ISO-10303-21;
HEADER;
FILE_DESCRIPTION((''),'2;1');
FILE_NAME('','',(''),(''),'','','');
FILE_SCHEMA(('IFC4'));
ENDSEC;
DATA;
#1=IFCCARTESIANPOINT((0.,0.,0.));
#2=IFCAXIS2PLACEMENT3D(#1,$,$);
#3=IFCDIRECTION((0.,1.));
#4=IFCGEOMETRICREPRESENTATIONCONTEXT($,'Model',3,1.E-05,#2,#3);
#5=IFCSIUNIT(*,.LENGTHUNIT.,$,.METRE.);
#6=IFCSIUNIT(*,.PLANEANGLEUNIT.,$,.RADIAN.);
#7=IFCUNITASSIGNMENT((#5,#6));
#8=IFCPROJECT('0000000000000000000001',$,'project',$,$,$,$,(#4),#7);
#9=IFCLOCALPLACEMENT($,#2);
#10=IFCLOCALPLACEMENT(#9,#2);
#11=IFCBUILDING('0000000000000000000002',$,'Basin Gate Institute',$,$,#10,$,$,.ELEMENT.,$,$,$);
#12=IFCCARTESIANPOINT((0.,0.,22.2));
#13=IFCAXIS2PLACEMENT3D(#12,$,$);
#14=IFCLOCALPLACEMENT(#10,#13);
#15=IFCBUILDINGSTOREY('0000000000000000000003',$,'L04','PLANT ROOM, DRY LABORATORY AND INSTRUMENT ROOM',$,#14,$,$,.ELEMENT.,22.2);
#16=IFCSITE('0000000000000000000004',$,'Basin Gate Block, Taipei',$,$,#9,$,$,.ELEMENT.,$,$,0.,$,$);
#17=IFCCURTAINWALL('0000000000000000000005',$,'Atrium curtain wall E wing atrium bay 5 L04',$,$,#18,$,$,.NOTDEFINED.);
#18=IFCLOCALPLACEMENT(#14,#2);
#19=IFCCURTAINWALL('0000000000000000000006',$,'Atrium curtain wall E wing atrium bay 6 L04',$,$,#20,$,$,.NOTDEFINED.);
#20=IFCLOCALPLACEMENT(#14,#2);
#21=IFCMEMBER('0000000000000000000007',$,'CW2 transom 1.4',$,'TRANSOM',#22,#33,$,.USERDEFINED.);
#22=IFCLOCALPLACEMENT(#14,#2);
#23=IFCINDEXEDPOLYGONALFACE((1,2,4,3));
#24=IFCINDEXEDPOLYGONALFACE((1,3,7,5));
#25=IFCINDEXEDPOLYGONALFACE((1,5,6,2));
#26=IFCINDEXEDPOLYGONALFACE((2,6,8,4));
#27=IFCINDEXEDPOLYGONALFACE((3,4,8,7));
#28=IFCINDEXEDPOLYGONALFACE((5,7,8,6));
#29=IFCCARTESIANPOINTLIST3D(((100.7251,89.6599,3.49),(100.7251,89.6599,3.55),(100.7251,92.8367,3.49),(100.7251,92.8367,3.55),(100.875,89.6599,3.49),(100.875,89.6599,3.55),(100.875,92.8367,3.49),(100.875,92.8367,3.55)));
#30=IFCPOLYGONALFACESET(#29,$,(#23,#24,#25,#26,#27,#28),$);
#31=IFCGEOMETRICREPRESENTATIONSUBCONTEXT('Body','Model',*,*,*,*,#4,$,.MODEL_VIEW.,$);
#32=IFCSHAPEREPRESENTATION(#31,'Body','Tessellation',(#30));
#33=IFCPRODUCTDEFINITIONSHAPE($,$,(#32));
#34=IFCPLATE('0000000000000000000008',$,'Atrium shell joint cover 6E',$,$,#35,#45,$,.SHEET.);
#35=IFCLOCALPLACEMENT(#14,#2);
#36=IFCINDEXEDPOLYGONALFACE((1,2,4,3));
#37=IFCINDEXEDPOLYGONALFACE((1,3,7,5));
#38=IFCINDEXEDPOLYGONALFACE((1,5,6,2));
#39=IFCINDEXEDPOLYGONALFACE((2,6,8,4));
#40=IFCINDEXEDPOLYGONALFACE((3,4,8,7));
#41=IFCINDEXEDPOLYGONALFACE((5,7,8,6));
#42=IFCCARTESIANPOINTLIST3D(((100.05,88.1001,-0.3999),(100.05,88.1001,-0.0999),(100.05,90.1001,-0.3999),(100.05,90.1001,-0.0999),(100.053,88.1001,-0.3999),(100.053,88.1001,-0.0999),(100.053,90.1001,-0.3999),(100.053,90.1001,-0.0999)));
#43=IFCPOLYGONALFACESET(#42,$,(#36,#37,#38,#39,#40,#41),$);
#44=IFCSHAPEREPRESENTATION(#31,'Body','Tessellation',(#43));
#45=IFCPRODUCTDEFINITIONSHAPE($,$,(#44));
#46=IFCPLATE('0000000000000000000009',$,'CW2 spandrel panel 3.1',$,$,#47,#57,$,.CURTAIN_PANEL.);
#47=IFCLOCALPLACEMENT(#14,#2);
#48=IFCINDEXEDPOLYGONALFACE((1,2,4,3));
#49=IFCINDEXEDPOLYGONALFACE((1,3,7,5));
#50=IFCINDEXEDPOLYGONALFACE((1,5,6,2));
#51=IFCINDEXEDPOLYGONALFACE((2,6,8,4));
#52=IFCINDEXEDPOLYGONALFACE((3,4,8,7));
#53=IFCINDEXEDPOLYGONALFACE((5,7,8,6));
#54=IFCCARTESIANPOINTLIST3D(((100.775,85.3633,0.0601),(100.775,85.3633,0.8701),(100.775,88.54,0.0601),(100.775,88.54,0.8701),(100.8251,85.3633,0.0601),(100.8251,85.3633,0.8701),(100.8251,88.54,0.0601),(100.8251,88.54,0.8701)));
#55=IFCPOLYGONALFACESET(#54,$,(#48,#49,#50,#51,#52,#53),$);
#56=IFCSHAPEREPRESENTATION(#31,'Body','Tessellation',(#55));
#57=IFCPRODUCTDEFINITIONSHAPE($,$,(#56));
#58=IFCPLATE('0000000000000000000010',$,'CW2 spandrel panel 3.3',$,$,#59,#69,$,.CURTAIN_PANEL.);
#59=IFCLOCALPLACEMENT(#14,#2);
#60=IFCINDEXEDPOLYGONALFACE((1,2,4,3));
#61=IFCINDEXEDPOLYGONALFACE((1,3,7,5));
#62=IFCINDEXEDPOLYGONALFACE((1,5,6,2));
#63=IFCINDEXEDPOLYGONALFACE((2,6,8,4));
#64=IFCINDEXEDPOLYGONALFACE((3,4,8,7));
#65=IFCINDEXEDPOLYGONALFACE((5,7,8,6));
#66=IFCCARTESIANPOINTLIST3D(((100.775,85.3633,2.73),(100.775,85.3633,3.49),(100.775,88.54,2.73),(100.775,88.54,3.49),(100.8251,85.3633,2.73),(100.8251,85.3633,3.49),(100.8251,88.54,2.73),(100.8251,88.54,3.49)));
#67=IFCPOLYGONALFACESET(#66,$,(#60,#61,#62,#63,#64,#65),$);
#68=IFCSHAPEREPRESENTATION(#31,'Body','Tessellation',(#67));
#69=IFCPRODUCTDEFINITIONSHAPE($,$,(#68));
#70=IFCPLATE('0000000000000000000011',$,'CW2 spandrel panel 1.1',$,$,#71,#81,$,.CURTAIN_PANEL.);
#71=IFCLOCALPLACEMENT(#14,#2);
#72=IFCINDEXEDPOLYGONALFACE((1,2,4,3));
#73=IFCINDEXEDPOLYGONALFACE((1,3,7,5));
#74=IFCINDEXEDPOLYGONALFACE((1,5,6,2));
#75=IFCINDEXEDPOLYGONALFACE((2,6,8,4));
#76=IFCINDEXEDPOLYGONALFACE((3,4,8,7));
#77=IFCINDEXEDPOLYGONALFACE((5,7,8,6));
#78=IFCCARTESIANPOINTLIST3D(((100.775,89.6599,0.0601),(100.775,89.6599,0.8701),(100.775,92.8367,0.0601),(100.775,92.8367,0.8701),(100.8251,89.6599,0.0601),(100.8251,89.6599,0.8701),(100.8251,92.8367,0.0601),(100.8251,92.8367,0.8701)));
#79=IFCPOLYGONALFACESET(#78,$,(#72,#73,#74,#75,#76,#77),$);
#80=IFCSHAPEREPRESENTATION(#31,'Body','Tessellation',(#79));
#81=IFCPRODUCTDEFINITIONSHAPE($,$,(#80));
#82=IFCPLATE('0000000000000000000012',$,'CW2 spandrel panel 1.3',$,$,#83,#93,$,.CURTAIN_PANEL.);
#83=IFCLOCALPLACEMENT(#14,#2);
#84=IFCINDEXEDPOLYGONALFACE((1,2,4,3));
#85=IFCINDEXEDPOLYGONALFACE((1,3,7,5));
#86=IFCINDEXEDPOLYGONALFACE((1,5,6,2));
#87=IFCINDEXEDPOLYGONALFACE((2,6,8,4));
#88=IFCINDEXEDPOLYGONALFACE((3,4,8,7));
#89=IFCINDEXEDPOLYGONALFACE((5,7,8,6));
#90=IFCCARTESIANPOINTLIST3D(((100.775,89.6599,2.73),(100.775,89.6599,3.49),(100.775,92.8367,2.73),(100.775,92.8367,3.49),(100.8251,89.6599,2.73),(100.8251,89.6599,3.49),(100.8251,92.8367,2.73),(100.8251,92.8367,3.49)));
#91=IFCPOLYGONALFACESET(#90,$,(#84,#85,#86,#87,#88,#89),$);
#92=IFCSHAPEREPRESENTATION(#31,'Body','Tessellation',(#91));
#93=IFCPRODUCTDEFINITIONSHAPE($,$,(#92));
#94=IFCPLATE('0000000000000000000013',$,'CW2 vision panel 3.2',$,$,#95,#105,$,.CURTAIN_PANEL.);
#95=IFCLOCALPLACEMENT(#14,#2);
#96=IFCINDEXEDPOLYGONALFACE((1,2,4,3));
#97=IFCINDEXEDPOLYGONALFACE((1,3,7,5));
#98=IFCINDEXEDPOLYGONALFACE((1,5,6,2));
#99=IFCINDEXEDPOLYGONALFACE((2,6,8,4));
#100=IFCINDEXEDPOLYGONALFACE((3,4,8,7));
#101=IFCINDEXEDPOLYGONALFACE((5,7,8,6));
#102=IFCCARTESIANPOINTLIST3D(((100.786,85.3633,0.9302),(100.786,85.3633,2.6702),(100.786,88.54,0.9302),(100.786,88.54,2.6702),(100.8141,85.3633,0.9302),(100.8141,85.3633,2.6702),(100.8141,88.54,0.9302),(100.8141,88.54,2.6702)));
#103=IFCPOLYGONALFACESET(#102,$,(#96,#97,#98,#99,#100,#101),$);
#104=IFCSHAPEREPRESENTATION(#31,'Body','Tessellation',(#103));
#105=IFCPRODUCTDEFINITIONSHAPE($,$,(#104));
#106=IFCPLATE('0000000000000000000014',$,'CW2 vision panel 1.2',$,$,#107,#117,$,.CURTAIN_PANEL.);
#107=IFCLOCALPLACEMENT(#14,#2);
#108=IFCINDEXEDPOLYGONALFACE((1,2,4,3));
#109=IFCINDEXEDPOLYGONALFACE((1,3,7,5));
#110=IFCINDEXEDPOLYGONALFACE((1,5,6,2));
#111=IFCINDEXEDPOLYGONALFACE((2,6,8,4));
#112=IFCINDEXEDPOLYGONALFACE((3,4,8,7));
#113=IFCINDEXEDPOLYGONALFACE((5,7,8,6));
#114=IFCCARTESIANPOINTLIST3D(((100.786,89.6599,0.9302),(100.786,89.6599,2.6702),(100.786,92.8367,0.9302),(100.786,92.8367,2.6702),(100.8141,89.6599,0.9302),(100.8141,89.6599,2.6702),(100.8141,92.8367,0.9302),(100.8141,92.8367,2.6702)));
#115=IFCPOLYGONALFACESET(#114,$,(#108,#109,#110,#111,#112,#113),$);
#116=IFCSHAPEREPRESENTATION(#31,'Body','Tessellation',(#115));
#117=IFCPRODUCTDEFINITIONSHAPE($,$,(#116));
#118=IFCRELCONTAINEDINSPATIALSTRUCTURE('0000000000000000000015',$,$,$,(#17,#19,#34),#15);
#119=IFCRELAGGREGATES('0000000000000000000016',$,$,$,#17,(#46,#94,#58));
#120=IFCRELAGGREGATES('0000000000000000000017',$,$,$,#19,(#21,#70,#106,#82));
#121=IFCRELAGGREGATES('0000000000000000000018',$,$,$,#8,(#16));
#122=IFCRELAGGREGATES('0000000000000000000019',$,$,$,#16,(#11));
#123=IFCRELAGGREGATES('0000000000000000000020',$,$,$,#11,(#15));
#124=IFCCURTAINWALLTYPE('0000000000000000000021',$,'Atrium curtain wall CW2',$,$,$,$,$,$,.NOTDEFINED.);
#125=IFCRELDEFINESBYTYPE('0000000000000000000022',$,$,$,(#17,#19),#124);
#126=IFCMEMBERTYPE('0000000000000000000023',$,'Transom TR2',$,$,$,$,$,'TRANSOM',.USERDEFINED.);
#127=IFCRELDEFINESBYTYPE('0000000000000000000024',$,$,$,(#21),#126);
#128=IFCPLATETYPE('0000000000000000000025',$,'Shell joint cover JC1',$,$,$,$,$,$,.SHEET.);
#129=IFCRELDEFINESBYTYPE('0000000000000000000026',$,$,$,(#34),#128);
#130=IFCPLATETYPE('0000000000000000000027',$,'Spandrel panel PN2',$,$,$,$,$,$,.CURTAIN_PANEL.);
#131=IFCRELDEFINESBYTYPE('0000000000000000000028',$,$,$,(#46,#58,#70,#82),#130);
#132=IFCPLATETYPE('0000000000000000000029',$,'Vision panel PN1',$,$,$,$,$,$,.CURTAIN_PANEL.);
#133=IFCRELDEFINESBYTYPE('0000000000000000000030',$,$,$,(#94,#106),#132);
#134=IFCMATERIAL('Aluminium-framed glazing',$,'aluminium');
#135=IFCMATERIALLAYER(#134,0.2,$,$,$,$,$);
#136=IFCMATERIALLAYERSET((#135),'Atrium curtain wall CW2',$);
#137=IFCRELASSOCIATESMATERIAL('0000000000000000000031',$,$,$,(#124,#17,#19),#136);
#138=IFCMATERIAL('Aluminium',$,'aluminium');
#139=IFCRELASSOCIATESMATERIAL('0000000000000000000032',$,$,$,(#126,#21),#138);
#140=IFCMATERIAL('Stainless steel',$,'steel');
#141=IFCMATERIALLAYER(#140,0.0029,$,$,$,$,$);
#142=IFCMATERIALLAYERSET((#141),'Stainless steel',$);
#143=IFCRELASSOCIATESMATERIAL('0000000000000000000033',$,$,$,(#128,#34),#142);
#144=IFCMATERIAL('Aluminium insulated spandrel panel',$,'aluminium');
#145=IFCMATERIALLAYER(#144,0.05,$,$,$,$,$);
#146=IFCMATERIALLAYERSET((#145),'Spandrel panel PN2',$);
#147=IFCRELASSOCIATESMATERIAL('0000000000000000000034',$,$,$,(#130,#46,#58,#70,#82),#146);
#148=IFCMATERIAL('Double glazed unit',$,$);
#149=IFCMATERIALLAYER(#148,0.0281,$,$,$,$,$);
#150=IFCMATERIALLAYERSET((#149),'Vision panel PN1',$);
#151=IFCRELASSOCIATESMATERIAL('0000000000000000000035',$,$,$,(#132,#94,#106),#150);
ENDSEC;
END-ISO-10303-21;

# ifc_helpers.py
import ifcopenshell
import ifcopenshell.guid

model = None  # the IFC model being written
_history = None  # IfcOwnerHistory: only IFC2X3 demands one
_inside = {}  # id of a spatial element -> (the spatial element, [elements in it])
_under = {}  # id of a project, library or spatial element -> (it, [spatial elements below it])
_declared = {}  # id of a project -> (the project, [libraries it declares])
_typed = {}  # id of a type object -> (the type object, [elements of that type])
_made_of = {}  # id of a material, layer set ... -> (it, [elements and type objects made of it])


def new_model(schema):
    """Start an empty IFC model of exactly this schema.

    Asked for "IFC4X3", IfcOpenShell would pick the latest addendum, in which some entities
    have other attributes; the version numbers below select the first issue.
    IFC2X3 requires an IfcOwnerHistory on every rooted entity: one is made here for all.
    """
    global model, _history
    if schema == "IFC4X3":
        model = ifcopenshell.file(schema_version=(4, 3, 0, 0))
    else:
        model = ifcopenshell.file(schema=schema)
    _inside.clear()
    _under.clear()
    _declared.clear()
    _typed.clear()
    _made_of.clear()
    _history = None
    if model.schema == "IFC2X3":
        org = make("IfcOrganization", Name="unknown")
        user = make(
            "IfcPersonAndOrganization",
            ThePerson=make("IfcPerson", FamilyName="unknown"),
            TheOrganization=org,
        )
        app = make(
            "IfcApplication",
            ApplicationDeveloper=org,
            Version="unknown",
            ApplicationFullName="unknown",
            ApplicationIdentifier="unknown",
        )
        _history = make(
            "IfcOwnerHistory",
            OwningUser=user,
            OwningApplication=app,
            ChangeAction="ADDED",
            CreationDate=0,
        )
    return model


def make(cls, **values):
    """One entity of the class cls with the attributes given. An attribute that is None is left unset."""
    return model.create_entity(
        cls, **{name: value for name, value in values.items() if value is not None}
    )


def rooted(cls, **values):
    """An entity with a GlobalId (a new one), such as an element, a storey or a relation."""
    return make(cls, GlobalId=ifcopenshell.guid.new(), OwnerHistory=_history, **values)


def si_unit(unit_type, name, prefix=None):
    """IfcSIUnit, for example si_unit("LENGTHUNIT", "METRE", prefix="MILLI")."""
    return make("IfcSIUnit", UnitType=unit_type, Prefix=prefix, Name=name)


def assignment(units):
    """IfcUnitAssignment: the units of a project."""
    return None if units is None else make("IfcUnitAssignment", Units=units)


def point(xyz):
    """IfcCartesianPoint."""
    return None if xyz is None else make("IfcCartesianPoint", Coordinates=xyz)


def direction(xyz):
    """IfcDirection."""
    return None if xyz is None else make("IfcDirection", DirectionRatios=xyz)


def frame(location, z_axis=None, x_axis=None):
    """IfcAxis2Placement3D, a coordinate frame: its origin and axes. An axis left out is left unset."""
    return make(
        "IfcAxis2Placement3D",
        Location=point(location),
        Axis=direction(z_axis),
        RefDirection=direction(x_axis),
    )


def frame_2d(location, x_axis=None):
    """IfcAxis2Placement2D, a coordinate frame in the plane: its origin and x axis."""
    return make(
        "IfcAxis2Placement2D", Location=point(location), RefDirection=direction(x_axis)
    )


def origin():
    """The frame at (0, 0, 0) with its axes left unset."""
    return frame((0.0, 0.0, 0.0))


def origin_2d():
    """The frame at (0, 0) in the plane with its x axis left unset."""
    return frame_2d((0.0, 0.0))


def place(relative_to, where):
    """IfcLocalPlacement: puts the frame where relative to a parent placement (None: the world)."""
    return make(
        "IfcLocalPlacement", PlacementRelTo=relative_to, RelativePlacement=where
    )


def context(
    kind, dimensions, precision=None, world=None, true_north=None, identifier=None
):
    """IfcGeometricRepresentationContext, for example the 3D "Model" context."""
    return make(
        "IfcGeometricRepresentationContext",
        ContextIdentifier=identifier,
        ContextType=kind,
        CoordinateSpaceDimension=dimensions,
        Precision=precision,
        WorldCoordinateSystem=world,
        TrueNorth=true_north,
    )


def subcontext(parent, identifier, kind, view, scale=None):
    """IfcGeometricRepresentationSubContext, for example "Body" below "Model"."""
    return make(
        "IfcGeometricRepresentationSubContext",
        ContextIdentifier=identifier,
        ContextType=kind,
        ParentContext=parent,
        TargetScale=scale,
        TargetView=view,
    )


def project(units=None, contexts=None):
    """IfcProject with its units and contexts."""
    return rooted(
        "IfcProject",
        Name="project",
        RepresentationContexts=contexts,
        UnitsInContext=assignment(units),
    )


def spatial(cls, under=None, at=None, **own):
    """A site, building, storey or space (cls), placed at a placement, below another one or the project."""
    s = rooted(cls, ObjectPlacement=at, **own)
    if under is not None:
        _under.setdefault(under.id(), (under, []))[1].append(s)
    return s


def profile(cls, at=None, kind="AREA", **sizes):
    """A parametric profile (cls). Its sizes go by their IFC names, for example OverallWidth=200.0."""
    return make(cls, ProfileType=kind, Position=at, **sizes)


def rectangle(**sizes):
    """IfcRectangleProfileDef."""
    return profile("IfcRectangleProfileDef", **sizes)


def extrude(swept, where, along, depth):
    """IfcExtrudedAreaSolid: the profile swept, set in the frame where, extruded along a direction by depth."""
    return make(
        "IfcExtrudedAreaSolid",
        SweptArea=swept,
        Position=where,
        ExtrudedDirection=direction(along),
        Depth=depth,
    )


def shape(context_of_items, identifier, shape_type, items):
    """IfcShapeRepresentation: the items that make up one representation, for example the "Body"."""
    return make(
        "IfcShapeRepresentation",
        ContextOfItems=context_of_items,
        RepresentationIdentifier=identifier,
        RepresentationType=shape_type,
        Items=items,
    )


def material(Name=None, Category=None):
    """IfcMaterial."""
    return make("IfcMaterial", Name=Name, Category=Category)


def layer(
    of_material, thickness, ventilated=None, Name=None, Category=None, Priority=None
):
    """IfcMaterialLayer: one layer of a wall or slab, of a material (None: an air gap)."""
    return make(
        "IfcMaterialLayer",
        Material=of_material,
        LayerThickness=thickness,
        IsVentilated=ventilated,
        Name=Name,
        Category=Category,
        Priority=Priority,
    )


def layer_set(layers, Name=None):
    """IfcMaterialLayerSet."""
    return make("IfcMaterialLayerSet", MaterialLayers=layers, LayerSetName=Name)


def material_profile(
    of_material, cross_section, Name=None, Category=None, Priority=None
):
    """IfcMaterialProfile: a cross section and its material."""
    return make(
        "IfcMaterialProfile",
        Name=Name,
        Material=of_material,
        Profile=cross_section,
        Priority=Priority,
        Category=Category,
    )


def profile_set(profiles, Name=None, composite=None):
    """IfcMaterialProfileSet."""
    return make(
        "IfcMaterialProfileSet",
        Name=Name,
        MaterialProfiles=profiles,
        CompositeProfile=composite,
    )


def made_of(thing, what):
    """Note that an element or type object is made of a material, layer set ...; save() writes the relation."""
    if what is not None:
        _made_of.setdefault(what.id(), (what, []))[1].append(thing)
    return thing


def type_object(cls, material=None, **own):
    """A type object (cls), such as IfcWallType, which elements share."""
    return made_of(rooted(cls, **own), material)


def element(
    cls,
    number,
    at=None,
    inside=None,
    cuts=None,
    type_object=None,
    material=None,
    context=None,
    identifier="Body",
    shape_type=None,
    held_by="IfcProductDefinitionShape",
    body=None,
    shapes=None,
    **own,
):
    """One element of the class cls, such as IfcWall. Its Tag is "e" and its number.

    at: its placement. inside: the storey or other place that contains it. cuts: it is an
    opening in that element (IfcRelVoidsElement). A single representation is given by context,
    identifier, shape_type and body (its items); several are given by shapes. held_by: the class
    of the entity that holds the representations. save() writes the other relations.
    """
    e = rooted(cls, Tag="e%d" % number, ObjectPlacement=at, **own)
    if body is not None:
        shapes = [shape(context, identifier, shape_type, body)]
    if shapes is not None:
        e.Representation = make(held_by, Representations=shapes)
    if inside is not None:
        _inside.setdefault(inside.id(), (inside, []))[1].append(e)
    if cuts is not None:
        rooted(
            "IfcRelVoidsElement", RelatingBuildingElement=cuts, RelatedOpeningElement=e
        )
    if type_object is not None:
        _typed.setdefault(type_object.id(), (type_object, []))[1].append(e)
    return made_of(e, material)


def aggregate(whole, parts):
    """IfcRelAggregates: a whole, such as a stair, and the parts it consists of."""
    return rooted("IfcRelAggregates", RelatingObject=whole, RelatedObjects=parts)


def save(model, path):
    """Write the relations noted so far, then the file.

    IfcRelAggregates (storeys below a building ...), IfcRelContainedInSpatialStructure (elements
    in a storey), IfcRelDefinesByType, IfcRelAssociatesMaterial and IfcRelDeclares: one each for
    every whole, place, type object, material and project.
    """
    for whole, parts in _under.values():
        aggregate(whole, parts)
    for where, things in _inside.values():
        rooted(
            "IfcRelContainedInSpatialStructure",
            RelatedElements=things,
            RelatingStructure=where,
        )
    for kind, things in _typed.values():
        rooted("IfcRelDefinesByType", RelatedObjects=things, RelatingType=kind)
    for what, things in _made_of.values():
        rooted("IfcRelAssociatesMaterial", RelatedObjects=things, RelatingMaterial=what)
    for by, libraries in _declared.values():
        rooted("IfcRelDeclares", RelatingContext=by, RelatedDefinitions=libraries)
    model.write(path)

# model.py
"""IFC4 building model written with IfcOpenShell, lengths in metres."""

from ifc_helpers import new_model, si_unit, direction, frame, origin, origin_2d, place, context, subcontext, project, spatial, rectangle, extrude, material, layer, layer_set, material_profile, profile_set, type_object, element, aggregate, save


model = new_model("IFC4")

# Units and contexts
model_context = context("Model", 3, precision=1e-05, world=origin(), true_north=direction((0.0, 1.0)))
body_context = subcontext(model_context, "Body", "Model", "MODEL_VIEW")
ifc_project = project(units=[si_unit("LENGTHUNIT", "METRE"), si_unit("PLANEANGLEUNIT", "RADIAN")], contexts=[model_context])

# Site, building, storey
site_placement = place(None, origin())
site = spatial("IfcSite", under=ifc_project, at=site_placement, Name="Basin Gate Block, Taipei", CompositionType="ELEMENT", RefElevation=0.0)
building_placement = place(site_placement, origin())
building = spatial("IfcBuilding", under=site, at=building_placement, Name="Basin Gate Institute", CompositionType="ELEMENT")
storey_placement = place(building_placement, frame((0.0, 0.0, 22.2)))
storey = spatial("IfcBuildingStorey", under=building, at=storey_placement, Name="L04", Description="PLANT ROOM, DRY LABORATORY AND INSTRUMENT ROOM", CompositionType="ELEMENT", Elevation=22.2)

# Curtain wall
ifc_material_1 = material(Name="Aluminium-framed glazing", Category="aluminium")
ifc_layer_1 = layer(ifc_material_1, 0.2)
ifc_layer_set_1 = layer_set([ifc_layer_1], Name="Atrium curtain wall CW2")
curtain_wall_type = type_object("IfcCurtainWallType", Name="Atrium curtain wall CW2", PredefinedType="NOTDEFINED", material=ifc_layer_set_1)
curtain_wall_1_placement = place(storey_placement, origin())
curtain_wall_1 = element("IfcCurtainWall", 1, at=curtain_wall_1_placement, inside=storey, type_object=curtain_wall_type, material=ifc_layer_set_1, Name="Atrium curtain wall E wing atrium bay 5 L04", PredefinedType="NOTDEFINED")

# Curtain wall
curtain_wall_2_placement = place(storey_placement, origin())
curtain_wall_2 = element("IfcCurtainWall", 2, at=curtain_wall_2_placement, inside=storey, type_object=curtain_wall_type, material=ifc_layer_set_1, Name="Atrium curtain wall E wing atrium bay 6 L04", PredefinedType="NOTDEFINED")

# Member
ifc_material_2 = material(Name="Aluminium", Category="aluminium")
ifc_material_profile_1 = material_profile(ifc_material_2, rectangle(XDim=0.1499, YDim=0.0601, at=origin_2d()), Name="Transom TR2 150 x 60")
ifc_profile_set_1 = profile_set([ifc_material_profile_1], Name="Aluminium")
member_type_1 = type_object("IfcMemberType", Name="Transom TR2", ElementType="TRANSOM", PredefinedType="USERDEFINED", material=ifc_profile_set_1)
member_1_placement = place(storey_placement, frame((100.8, 89.6599, 3.52), z_axis=(0.0, 1.0, 0.0), x_axis=(-1.0, 0.0, 0.0)))
member_1 = element("IfcMember", 3, at=member_1_placement, type_object=member_type_1, material=ifc_profile_set_1, Name="CW2 transom 1.4", ObjectType="TRANSOM", PredefinedType="USERDEFINED", context=body_context, shape_type="SweptSolid", body=[
    extrude(rectangle(XDim=0.1499, YDim=0.0601, at=origin_2d()), origin(), (0.0, 0.0, 1.0), 3.1768),
])

# Plates
ifc_material_3 = material(Name="Stainless steel", Category="steel")
ifc_layer_2 = layer(ifc_material_3, 0.0029)
ifc_layer_set_2 = layer_set([ifc_layer_2], Name="Stainless steel")
plate_type_1 = type_object("IfcPlateType", Name="Shell joint cover JC1", PredefinedType="SHEET", material=ifc_layer_set_2)
plate_1_placement = place(storey_placement, frame((100.0515, 89.1001, -0.3999), z_axis=(0.0, 0.0, 1.0), x_axis=(1.0, 0.0, 0.0)))
element("IfcPlate", 4, at=plate_1_placement, inside=storey, type_object=plate_type_1, material=ifc_layer_set_2, Name="Atrium shell joint cover 6E", PredefinedType="SHEET", context=body_context, shape_type="SweptSolid", body=[
    extrude(rectangle(XDim=0.0029, YDim=2.0, at=origin_2d()), origin(), (0.0, 0.0, 1.0), 0.3),
])
ifc_material_4 = material(Name="Aluminium insulated spandrel panel", Category="aluminium")
ifc_layer_3 = layer(ifc_material_4, 0.05)
ifc_layer_set_3 = layer_set([ifc_layer_3], Name="Spandrel panel PN2")
plate_type_2 = type_object("IfcPlateType", Name="Spandrel panel PN2", PredefinedType="CURTAIN_PANEL", material=ifc_layer_set_3)
plate_2_placement = place(storey_placement, frame((100.8, 86.9517, 0.0601), z_axis=(0.0, 0.0, 1.0), x_axis=(0.0, 1.0, 0.0)))
plate_2 = element("IfcPlate", 5, at=plate_2_placement, type_object=plate_type_2, material=ifc_layer_set_3, Name="CW2 spandrel panel 3.1", PredefinedType="CURTAIN_PANEL", context=body_context, shape_type="SweptSolid", body=[
    extrude(rectangle(XDim=3.1768, YDim=0.05, at=origin_2d()), origin(), (0.0, 0.0, 1.0), 0.8101),
])
plate_3_placement = place(storey_placement, frame((100.8, 86.9517, 2.73), z_axis=(0.0, 0.0, 1.0), x_axis=(0.0, 1.0, 0.0)))
plate_3 = element("IfcPlate", 6, at=plate_3_placement, type_object=plate_type_2, material=ifc_layer_set_3, Name="CW2 spandrel panel 3.3", PredefinedType="CURTAIN_PANEL", context=body_context, shape_type="SweptSolid", body=[
    extrude(rectangle(XDim=3.1768, YDim=0.05, at=origin_2d()), origin(), (0.0, 0.0, 1.0), 0.76),
])
plate_4_placement = place(storey_placement, frame((100.8, 91.2483, 0.0601), z_axis=(0.0, 0.0, 1.0), x_axis=(0.0, 1.0, 0.0)))
plate_4 = element("IfcPlate", 7, at=plate_4_placement, type_object=plate_type_2, material=ifc_layer_set_3, Name="CW2 spandrel panel 1.1", PredefinedType="CURTAIN_PANEL", context=body_context, shape_type="SweptSolid", body=[
    extrude(rectangle(XDim=3.1768, YDim=0.05, at=origin_2d()), origin(), (0.0, 0.0, 1.0), 0.8101),
])
plate_5_placement = place(storey_placement, frame((100.8, 91.2483, 2.73), z_axis=(0.0, 0.0, 1.0), x_axis=(0.0, 1.0, 0.0)))
plate_5 = element("IfcPlate", 8, at=plate_5_placement, type_object=plate_type_2, material=ifc_layer_set_3, Name="CW2 spandrel panel 1.3", PredefinedType="CURTAIN_PANEL", context=body_context, shape_type="SweptSolid", body=[
    extrude(rectangle(XDim=3.1768, YDim=0.05, at=origin_2d()), origin(), (0.0, 0.0, 1.0), 0.76),
])
ifc_material_5 = material(Name="Double glazed unit")
ifc_layer_4 = layer(ifc_material_5, 0.0281)
ifc_layer_set_4 = layer_set([ifc_layer_4], Name="Vision panel PN1")
plate_type_3 = type_object("IfcPlateType", Name="Vision panel PN1", PredefinedType="CURTAIN_PANEL", material=ifc_layer_set_4)
plate_6_placement = place(storey_placement, frame((100.8, 86.9517, 0.9302), z_axis=(0.0, 0.0, 1.0), x_axis=(0.0, 1.0, 0.0)))
plate_6 = element("IfcPlate", 9, at=plate_6_placement, type_object=plate_type_3, material=ifc_layer_set_4, Name="CW2 vision panel 3.2", PredefinedType="CURTAIN_PANEL", context=body_context, shape_type="SweptSolid", body=[
    extrude(rectangle(XDim=3.1768, YDim=0.0281, at=origin_2d()), origin(), (0.0, 0.0, 1.0), 1.74),
])
aggregate(curtain_wall_1, [plate_2, plate_6, plate_3])
plate_7_placement = place(storey_placement, frame((100.8, 91.2483, 0.9302), z_axis=(0.0, 0.0, 1.0), x_axis=(0.0, 1.0, 0.0)))
plate_7 = element("IfcPlate", 10, at=plate_7_placement, type_object=plate_type_3, material=ifc_layer_set_4, Name="CW2 vision panel 1.2", PredefinedType="CURTAIN_PANEL", context=body_context, shape_type="SweptSolid", body=[
    extrude(rectangle(XDim=3.1768, YDim=0.0281, at=origin_2d()), origin(), (0.0, 0.0, 1.0), 1.74),
])
aggregate(curtain_wall_2, [member_1, plate_4, plate_7, plate_5])

save(model, "model.ifc")
